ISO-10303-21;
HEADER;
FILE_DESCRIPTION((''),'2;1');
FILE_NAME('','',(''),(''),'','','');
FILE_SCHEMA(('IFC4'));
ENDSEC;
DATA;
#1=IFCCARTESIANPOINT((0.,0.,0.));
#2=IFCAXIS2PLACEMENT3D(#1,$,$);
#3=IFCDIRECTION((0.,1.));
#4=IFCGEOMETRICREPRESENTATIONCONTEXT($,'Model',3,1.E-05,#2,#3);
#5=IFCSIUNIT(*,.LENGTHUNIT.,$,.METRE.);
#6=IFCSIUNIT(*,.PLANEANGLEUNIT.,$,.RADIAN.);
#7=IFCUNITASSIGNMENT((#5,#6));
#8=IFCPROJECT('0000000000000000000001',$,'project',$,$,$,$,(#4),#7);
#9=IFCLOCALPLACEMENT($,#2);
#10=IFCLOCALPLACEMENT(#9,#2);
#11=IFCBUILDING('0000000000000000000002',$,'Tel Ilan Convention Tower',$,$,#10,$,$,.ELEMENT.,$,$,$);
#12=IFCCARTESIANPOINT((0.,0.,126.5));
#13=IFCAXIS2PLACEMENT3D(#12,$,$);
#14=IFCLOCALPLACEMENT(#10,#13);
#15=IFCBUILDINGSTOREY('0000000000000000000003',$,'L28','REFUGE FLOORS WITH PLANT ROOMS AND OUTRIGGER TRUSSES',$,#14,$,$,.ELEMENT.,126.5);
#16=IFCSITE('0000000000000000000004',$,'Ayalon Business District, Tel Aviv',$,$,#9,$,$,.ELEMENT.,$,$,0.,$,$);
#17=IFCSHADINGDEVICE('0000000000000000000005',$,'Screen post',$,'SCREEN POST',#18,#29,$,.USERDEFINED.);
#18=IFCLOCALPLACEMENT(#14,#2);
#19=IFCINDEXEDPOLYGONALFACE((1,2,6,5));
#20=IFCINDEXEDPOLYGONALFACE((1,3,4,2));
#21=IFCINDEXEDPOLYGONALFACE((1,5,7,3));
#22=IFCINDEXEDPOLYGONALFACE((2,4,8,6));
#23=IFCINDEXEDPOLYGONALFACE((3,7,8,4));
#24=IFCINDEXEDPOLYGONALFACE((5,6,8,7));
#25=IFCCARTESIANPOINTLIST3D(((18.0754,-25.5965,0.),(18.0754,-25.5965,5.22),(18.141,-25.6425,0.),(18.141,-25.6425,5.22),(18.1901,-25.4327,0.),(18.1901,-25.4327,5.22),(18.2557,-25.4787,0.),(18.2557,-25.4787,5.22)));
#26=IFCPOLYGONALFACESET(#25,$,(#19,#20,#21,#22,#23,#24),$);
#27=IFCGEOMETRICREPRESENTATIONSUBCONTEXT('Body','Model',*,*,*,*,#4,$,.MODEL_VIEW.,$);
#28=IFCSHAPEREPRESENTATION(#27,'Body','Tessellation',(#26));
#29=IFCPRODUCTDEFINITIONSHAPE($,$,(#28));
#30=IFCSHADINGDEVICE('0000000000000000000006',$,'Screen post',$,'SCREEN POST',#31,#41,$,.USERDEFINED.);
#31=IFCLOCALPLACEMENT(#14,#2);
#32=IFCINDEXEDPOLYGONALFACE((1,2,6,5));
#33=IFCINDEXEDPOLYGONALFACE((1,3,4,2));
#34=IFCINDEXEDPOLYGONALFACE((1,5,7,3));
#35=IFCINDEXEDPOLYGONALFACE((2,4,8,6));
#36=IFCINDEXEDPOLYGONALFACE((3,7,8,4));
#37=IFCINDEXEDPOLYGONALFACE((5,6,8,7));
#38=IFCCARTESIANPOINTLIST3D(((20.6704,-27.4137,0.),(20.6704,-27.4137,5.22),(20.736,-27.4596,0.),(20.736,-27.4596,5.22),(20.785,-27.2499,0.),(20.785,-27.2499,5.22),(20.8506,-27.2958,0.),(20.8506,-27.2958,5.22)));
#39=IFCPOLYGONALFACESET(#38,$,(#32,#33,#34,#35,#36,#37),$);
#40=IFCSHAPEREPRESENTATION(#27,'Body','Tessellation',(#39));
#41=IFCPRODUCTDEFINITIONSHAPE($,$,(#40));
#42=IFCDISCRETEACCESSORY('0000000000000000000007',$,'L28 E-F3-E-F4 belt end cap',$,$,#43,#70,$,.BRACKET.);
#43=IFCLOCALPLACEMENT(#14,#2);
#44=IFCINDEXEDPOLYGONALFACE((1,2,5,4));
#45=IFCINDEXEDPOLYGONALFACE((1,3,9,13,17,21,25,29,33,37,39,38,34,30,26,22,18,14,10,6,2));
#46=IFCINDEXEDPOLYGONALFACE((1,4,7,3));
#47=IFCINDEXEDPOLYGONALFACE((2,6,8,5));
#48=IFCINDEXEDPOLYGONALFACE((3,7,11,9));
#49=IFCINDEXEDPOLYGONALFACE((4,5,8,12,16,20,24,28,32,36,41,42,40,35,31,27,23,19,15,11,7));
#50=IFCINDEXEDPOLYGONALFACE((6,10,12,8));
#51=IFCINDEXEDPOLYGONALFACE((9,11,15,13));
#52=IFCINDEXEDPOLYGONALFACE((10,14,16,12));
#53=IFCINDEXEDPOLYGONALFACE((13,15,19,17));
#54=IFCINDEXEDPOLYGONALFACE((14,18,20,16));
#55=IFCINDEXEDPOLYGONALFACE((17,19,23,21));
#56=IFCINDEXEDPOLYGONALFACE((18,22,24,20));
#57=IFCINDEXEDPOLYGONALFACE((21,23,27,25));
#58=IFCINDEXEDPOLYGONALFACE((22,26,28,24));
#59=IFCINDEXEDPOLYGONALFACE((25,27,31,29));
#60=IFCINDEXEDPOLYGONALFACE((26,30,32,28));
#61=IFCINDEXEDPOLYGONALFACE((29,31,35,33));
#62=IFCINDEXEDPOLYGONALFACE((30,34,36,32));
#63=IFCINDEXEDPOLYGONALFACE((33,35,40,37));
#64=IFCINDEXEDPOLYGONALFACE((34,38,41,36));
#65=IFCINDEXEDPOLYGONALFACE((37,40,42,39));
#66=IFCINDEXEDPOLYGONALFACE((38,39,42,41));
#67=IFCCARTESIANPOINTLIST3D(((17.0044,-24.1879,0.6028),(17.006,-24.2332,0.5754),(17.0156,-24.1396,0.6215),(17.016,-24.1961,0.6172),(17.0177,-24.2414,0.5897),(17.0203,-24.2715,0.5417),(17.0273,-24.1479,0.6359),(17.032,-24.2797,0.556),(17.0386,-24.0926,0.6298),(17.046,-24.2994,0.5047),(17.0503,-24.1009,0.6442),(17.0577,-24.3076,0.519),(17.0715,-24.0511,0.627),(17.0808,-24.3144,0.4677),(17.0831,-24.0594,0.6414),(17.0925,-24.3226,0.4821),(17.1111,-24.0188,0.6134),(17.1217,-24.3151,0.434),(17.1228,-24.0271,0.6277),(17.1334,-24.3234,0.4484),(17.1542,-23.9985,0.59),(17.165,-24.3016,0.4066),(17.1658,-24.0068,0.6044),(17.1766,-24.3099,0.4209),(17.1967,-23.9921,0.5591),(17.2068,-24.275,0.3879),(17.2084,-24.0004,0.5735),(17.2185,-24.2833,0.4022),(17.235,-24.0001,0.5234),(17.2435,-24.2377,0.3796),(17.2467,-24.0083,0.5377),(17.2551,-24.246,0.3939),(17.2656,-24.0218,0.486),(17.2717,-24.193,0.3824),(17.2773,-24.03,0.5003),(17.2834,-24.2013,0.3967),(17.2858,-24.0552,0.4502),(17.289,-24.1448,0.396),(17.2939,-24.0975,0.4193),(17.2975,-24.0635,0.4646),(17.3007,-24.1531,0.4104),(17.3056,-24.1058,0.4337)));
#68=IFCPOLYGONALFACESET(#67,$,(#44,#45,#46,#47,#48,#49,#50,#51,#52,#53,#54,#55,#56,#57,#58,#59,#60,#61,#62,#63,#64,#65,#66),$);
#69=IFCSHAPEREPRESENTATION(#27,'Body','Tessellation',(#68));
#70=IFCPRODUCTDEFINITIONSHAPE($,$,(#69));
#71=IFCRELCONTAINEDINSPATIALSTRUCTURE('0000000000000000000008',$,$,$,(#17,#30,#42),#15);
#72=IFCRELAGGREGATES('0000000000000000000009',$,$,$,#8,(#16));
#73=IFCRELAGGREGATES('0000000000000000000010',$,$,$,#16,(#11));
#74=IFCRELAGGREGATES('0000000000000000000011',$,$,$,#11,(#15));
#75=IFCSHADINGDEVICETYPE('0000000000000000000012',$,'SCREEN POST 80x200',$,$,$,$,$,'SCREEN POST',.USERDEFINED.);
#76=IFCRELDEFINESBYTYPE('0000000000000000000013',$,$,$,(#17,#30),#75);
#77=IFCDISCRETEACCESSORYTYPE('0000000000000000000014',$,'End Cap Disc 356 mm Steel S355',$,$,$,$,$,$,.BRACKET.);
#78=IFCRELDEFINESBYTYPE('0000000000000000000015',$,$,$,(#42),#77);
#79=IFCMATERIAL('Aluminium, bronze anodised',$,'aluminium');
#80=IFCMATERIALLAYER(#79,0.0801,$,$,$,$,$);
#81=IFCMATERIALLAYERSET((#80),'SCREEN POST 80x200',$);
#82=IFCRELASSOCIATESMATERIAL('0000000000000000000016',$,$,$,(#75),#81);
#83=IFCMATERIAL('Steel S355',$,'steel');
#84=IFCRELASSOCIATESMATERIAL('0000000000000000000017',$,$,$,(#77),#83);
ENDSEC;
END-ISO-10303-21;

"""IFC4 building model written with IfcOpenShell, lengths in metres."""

from ifc_helpers import new_model, si_unit, direction, frame, origin, origin_2d, place, context, subcontext, project, spatial, rectangle, circle, extrude, material, layer, layer_set, material_profile, profile_set, type_object, element, save


model = new_model("IFC4")

# Units and contexts
model_context = context("Model", 3, precision=1e-05, world=origin(), true_north=direction((0.0, 1.0)))
body_context = subcontext(model_context, "Body", "Model", "MODEL_VIEW")
ifc_project = project(units=[si_unit("LENGTHUNIT", "METRE"), si_unit("PLANEANGLEUNIT", "RADIAN")], contexts=[model_context])

# Site, building, storey
site_placement = place(None, origin())
site = spatial("IfcSite", under=ifc_project, at=site_placement, Name="Ayalon Business District, Tel Aviv", CompositionType="ELEMENT", RefElevation=0.0)
building_placement = place(site_placement, origin())
building = spatial("IfcBuilding", under=site, at=building_placement, Name="Tel Ilan Convention Tower", CompositionType="ELEMENT")
storey_placement = place(building_placement, frame((0.0, 0.0, 126.5)))
storey = spatial("IfcBuildingStorey", under=building, at=storey_placement, Name="L28", Description="REFUGE FLOORS WITH PLANT ROOMS AND OUTRIGGER TRUSSES", CompositionType="ELEMENT", Elevation=126.5)

# Shading devices
ifc_material_1 = material(Name="Aluminium, bronze anodised", Category="aluminium")
ifc_layer_1 = layer(ifc_material_1, 0.0801)
ifc_layer_set_1 = layer_set([ifc_layer_1], Name="SCREEN POST 80x200")
shading_device_type_1 = type_object("IfcShadingDeviceType", Name="SCREEN POST 80x200", ElementType="SCREEN POST", PredefinedType="USERDEFINED", material=ifc_layer_set_1)
for number, where, z_axis, x_axis, name in (
    (1, (18.1655, -25.5376, 0.0), (0.0, 0.0, 1.0), (0.819152, -0.573576, 0.0), "Screen post"),
    (2, (20.7605, -27.3547, 0.0), (0.0, 0.0, 1.0), (0.819152, -0.573576, 0.0), "Screen post"),
):
    element("IfcShadingDevice", number, at=place(storey_placement, frame(where, z_axis=z_axis, x_axis=x_axis)), inside=storey, type_object=shading_device_type_1, Name=name, ObjectType="SCREEN POST", PredefinedType="USERDEFINED", context=body_context, shape_type="SweptSolid", body=[
        extrude(rectangle(XDim=0.0801, YDim=0.2, at=origin_2d()), origin(), (0.0, 0.0, 1.0), 5.22),
    ])

# Discrete accessory
ifc_material_2 = material(Name="Steel S355", Category="steel")
ifc_material_profile_1 = material_profile(ifc_material_2, circle(Radius=0.1777, at=origin_2d()), Name="End Cap Disc 356 mm Steel S355")
ifc_profile_set_1 = profile_set([ifc_material_profile_1], Name="Steel S355")
discrete_accessory_type = type_object("IfcDiscreteAccessoryType", Name="End Cap Disc 356 mm Steel S355", PredefinedType="BRACKET", material=ifc_profile_set_1)
discrete_accessory_placement = place(storey_placement, frame((17.1604, -24.1626, 0.519), z_axis=(-0.576143, 0.408101, -0.708176), x_axis=(-0.578017, -0.816024, 0.0)))
element("IfcDiscreteAccessory", 3, at=discrete_accessory_placement, inside=storey, type_object=discrete_accessory_type, Name="L28 E-F3-E-F4 belt end cap", PredefinedType="BRACKET", context=body_context, shape_type="SweptSolid", body=[
    extrude(circle(Radius=0.1777, at=origin_2d()), origin(), (0.0, 0.0, 1.0), 0.0203),
])

save(model, "model.ifc")
